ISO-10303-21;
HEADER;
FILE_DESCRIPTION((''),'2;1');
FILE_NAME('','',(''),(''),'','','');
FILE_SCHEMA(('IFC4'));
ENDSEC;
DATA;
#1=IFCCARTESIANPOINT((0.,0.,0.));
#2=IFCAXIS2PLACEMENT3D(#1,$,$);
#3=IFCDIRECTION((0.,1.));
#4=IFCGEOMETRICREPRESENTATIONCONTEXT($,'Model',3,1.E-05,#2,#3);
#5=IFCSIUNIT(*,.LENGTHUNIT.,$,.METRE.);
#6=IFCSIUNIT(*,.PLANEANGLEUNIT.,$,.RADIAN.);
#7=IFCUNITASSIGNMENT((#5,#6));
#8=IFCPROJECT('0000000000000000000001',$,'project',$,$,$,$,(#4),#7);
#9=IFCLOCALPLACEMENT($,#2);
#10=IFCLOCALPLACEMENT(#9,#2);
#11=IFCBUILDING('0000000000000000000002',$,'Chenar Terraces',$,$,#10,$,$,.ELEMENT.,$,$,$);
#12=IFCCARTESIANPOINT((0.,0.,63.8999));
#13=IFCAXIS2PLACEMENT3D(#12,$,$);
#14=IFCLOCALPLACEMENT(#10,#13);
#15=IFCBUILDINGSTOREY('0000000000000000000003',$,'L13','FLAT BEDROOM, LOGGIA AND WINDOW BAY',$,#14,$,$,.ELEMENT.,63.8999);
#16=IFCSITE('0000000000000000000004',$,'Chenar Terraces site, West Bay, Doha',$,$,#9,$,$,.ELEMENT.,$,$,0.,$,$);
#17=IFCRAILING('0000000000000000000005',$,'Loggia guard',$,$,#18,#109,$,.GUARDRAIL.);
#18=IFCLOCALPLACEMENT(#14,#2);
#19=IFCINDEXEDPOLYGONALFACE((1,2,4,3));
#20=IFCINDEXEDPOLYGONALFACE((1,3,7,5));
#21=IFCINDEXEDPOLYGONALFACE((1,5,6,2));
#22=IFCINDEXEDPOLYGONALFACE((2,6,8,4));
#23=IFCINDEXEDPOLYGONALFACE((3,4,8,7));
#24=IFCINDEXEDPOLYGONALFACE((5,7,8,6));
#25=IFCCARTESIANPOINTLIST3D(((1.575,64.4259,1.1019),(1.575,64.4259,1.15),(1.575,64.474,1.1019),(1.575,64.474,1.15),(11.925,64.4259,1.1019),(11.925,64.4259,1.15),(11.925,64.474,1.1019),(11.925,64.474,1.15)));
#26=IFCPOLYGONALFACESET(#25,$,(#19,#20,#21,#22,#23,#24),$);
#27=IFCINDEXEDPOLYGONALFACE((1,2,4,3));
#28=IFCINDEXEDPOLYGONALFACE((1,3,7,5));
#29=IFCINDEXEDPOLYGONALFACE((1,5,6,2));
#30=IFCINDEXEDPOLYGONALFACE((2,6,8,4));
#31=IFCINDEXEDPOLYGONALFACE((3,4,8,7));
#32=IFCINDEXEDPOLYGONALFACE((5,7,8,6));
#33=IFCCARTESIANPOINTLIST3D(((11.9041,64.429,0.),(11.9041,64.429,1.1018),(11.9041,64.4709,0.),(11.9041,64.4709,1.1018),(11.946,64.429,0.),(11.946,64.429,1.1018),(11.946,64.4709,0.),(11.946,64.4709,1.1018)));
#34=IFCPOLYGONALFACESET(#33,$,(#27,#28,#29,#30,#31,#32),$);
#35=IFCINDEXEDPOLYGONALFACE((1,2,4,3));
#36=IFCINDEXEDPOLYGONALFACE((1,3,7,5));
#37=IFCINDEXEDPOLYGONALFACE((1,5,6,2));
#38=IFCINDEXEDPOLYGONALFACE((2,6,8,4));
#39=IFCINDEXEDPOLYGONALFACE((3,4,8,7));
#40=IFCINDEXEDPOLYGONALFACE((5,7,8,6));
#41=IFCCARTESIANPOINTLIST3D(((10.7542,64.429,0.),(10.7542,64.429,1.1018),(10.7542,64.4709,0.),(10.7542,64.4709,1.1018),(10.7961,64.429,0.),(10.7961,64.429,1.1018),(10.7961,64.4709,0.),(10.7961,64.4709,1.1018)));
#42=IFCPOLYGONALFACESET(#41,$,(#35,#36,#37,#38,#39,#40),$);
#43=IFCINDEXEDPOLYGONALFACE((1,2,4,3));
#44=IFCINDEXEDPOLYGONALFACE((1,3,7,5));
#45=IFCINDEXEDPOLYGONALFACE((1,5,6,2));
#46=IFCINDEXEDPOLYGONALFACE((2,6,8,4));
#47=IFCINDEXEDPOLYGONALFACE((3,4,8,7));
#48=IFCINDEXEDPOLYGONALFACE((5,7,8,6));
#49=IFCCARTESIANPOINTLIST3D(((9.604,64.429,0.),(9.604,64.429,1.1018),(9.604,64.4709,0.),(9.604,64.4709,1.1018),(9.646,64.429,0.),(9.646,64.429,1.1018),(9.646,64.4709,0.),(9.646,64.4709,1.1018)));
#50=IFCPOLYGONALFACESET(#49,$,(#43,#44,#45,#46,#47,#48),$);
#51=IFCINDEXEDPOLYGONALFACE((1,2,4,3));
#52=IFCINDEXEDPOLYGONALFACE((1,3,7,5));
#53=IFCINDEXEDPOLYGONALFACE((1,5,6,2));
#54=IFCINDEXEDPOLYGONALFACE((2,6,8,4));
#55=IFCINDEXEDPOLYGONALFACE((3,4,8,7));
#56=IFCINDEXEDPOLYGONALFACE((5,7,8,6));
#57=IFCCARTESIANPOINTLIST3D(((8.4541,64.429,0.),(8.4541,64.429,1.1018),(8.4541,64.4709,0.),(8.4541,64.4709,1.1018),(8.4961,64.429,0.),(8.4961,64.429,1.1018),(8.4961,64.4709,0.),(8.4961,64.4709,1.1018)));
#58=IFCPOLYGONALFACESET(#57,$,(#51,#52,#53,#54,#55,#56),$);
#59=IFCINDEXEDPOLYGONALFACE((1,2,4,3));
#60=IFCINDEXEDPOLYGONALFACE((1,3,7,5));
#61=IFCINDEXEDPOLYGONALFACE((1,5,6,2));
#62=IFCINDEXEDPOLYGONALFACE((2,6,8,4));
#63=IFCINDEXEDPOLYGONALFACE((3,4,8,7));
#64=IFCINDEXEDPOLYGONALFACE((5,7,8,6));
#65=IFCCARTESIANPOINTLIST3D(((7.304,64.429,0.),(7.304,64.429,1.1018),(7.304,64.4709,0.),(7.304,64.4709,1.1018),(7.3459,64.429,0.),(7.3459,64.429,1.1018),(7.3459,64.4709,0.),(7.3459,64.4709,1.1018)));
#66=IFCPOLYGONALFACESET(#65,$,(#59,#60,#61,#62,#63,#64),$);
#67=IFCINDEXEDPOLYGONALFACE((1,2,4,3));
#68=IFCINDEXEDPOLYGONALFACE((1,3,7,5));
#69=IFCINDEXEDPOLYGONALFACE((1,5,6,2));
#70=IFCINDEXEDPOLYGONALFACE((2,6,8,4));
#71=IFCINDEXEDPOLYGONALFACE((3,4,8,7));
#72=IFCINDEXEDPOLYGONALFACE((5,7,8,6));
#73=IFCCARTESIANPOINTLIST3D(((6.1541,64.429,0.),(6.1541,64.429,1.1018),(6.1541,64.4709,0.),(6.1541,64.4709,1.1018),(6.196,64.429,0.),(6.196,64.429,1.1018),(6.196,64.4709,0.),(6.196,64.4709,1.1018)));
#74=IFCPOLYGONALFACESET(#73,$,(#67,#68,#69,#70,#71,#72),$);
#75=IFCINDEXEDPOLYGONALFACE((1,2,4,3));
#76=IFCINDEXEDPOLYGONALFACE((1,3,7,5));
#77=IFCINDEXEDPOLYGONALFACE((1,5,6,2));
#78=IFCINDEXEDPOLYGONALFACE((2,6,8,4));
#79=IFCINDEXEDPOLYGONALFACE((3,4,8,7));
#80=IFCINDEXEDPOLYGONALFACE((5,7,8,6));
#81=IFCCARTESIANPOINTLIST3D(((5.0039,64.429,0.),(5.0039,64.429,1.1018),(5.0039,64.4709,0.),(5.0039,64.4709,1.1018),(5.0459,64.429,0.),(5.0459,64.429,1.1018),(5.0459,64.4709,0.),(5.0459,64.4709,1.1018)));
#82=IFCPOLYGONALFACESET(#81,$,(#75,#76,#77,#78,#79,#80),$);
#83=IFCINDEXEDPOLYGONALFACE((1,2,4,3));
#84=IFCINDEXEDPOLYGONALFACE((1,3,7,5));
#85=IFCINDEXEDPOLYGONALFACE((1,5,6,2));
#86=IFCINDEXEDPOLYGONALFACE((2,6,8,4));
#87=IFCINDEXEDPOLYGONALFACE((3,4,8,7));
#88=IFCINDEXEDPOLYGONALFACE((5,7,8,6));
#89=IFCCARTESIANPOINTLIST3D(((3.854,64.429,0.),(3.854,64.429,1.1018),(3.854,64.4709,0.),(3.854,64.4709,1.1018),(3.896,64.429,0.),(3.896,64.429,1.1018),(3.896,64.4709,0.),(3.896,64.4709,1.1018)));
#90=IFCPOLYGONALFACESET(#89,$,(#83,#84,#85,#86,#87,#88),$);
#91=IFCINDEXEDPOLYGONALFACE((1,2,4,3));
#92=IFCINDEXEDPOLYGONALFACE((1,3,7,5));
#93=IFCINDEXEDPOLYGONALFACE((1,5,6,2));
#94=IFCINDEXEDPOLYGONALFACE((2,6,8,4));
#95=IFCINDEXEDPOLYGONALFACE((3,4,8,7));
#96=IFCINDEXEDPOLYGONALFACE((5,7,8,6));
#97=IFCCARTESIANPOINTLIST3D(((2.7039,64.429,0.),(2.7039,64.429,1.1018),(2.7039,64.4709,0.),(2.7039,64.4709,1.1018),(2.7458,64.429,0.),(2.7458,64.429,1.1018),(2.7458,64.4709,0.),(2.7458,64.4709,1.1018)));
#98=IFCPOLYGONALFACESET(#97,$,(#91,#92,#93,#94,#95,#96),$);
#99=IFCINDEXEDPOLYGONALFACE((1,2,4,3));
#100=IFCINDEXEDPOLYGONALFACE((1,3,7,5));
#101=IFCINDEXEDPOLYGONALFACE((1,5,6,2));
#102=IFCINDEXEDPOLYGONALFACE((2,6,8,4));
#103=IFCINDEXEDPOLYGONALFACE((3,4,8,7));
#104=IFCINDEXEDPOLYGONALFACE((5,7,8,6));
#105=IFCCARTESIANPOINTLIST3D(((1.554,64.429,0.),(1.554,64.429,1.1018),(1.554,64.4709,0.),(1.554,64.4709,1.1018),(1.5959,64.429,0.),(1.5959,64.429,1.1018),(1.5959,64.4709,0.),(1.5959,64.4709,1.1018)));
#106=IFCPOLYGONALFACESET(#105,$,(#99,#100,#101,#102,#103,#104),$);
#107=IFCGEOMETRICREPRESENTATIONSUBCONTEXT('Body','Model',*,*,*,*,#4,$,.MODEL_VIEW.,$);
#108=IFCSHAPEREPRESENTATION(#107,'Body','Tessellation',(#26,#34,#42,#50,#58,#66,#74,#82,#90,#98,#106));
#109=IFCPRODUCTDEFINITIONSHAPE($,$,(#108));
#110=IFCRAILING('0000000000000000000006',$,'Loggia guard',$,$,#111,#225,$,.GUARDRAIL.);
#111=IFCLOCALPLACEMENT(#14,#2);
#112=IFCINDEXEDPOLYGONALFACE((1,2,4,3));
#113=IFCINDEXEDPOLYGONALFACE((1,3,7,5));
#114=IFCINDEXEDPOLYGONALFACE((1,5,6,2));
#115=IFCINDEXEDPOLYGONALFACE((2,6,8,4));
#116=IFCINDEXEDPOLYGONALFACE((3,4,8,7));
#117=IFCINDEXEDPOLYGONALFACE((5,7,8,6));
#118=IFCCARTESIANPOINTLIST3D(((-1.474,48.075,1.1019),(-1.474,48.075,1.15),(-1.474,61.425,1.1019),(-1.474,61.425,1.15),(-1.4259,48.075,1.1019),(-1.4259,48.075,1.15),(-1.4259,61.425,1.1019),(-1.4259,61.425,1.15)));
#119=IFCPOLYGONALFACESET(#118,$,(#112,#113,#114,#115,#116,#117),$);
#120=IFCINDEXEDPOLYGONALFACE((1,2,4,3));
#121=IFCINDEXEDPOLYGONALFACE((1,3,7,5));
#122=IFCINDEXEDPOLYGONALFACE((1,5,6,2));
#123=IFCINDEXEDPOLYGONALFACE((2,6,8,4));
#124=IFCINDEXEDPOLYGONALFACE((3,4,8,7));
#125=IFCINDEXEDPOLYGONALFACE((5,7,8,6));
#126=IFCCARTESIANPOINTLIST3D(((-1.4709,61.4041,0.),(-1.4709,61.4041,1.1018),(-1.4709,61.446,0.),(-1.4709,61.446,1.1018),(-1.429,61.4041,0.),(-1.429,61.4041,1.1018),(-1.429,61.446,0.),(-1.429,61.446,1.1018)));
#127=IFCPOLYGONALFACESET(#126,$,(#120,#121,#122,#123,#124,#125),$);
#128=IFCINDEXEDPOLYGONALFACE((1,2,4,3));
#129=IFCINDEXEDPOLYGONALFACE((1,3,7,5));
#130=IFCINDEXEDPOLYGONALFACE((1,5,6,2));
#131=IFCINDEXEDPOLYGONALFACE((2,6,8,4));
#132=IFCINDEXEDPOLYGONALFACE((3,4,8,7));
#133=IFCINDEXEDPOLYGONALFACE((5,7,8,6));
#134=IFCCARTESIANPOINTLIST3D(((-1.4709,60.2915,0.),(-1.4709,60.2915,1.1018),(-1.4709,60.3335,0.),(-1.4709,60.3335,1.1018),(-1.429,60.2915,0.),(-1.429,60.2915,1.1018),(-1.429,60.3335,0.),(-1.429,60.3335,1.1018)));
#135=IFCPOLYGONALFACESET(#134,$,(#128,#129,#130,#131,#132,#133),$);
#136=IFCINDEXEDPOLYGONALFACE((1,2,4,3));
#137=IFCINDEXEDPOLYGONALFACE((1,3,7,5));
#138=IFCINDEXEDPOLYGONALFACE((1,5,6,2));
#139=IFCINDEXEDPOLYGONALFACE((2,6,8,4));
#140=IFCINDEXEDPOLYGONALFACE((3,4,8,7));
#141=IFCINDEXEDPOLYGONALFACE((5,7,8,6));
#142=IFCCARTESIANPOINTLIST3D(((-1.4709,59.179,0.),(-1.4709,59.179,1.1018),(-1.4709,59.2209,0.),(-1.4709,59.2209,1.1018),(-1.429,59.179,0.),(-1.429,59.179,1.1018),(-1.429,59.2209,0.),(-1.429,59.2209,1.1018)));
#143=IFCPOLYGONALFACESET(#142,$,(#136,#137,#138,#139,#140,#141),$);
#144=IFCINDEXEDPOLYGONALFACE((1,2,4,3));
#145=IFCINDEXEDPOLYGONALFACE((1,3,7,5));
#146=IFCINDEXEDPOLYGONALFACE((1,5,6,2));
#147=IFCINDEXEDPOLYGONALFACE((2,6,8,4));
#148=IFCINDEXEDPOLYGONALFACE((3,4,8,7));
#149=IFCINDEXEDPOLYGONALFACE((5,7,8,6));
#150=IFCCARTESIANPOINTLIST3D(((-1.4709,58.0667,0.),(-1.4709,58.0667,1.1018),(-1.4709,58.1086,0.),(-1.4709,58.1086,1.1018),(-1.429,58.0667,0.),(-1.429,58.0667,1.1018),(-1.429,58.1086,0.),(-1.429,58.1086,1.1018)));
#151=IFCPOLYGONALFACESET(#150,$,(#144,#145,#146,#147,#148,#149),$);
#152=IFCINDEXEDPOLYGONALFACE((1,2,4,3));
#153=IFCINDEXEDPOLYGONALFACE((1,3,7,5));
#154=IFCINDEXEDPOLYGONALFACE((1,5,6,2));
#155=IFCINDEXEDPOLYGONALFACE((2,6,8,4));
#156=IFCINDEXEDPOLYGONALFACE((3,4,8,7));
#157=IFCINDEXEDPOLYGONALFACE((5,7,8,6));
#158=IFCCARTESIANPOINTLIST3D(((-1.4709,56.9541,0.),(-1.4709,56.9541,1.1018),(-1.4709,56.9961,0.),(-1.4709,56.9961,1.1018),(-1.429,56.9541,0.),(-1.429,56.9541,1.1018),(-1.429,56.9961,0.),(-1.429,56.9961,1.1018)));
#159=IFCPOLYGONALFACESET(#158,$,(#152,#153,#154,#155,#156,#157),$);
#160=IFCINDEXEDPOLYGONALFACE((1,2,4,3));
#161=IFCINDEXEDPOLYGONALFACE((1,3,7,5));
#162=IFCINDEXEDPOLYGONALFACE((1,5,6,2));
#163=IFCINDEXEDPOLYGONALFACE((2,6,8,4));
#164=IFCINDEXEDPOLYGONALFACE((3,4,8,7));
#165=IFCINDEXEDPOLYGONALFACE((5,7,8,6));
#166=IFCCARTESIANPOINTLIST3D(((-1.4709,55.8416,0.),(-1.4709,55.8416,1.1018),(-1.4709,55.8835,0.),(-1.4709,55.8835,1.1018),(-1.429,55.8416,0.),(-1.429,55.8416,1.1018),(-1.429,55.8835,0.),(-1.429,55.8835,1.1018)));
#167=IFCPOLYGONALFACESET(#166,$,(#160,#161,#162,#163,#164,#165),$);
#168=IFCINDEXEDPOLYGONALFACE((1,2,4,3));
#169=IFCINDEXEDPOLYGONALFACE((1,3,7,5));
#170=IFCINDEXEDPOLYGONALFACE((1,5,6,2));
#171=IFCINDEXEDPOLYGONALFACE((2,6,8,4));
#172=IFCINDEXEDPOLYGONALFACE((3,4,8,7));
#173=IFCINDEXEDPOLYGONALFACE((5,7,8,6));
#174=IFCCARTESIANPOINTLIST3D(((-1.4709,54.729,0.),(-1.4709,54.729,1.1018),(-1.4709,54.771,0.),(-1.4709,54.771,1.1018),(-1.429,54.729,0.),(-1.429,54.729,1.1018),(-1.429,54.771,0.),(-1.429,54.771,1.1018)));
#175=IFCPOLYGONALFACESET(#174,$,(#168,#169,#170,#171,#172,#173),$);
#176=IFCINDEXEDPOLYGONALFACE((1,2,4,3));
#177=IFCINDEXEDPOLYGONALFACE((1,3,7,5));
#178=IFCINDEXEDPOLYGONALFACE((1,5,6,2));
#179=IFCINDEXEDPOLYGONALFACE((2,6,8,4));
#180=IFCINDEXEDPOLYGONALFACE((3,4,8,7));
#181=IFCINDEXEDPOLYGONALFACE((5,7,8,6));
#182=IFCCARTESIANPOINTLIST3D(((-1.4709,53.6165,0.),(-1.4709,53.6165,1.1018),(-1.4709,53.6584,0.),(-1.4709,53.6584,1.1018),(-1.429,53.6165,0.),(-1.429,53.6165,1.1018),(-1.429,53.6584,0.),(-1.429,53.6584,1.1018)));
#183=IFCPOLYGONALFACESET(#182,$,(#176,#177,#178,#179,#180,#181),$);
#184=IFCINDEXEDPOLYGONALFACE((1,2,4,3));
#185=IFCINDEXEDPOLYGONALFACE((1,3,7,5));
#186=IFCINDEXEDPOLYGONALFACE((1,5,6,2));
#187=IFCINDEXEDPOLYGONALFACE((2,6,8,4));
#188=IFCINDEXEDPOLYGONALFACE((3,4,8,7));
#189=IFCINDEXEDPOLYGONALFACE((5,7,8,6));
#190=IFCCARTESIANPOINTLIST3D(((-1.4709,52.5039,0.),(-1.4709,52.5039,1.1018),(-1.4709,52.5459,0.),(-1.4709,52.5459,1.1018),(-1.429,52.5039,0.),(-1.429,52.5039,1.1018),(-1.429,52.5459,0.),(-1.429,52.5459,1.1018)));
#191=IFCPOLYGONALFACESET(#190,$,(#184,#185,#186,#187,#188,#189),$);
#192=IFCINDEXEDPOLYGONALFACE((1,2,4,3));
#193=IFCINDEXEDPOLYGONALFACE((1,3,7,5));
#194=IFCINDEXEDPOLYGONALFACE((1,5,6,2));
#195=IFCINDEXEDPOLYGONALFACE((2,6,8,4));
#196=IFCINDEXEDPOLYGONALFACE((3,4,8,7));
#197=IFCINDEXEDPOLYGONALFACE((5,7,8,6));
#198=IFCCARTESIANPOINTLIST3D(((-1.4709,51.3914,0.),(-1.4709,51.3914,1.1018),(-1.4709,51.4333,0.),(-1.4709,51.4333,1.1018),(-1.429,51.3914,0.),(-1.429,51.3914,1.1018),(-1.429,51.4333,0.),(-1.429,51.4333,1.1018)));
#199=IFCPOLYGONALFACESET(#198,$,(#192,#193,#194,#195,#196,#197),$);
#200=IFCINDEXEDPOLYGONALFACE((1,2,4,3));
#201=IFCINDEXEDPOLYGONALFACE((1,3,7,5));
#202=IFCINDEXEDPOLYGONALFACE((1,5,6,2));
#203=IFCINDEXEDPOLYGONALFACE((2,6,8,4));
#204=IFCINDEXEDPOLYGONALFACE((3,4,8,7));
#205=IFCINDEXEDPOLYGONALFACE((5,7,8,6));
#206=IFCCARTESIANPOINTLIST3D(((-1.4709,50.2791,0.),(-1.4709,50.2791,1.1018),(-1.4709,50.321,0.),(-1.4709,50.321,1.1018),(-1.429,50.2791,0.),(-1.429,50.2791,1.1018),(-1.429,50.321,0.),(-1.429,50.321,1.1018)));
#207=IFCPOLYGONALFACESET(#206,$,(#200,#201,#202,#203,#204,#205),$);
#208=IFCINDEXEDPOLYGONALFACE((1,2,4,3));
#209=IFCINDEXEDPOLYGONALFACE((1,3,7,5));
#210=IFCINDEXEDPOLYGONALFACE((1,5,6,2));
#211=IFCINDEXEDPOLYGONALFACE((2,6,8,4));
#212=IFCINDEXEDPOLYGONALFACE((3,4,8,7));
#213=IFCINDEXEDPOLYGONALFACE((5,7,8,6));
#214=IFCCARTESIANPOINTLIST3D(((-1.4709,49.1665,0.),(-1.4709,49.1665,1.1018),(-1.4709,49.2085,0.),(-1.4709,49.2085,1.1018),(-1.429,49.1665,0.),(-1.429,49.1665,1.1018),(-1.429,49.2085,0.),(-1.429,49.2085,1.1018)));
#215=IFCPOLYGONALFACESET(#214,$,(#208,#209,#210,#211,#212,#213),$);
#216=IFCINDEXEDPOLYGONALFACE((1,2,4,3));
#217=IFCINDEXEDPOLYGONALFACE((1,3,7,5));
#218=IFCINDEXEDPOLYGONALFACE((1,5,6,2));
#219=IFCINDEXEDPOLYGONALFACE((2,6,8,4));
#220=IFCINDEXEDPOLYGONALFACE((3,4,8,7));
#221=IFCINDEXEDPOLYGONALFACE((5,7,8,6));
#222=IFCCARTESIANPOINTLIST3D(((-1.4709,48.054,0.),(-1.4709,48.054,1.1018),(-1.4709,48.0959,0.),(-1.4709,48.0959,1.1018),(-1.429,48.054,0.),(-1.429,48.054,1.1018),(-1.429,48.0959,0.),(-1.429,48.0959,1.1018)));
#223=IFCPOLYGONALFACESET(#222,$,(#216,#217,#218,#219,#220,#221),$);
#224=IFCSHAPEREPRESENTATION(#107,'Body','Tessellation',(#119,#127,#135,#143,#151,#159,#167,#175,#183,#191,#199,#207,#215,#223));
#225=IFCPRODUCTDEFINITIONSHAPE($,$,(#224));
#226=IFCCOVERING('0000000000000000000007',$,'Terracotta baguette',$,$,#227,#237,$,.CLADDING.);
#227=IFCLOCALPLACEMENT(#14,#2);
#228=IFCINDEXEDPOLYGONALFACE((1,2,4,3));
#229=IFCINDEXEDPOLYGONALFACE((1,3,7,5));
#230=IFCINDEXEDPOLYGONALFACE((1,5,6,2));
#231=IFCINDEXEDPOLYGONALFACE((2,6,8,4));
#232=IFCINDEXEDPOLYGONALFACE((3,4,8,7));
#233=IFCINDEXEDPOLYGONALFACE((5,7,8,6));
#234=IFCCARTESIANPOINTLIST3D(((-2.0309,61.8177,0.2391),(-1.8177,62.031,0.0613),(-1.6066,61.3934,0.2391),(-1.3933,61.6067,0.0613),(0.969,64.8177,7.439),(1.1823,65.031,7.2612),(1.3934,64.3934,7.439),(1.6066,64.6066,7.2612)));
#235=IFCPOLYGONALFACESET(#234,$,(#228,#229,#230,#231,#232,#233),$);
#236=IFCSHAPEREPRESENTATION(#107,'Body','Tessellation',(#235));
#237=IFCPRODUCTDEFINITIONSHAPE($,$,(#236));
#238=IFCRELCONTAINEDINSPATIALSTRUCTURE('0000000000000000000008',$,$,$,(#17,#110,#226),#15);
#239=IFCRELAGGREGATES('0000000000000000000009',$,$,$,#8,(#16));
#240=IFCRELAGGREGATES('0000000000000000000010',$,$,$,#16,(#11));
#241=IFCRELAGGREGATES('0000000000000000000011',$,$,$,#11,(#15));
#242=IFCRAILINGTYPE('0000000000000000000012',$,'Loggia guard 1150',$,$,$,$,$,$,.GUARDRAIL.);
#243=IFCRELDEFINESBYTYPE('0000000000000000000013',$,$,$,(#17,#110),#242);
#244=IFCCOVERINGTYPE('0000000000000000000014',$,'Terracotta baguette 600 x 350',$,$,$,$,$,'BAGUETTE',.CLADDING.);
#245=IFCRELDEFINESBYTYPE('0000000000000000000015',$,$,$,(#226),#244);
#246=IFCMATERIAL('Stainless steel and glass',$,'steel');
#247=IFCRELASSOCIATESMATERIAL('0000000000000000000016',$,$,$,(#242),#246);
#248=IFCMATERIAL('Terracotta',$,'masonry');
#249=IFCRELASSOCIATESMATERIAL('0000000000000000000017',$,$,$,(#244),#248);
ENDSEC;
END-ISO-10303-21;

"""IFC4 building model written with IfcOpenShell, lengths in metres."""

from ifc_helpers import new_model, si_unit, direction, frame, origin, origin_2d, place, context, subcontext, project, spatial, rectangle, extrude, material, material_profile, profile_set, type_object, element, save


model = new_model("IFC4")

# Units and contexts
model_context = context("Model", 3, precision=1e-05, world=origin(), true_north=direction((0.0, 1.0)))
body_context = subcontext(model_context, "Body", "Model", "MODEL_VIEW")
ifc_project = project(units=[si_unit("LENGTHUNIT", "METRE"), si_unit("PLANEANGLEUNIT", "RADIAN")], contexts=[model_context])

# Site, building, storey
site_placement = place(None, origin())
site = spatial("IfcSite", under=ifc_project, at=site_placement, Name="Chenar Terraces site, West Bay, Doha", CompositionType="ELEMENT", RefElevation=0.0)
building_placement = place(site_placement, origin())
building = spatial("IfcBuilding", under=site, at=building_placement, Name="Chenar Terraces", CompositionType="ELEMENT")
storey_placement = place(building_placement, frame((0.0, 0.0, 63.8999)))
storey = spatial("IfcBuildingStorey", under=building, at=storey_placement, Name="L13", Description="FLAT BEDROOM, LOGGIA AND WINDOW BAY", CompositionType="ELEMENT", Elevation=63.8999)

# Railings
ifc_material_1 = material(Name="Stainless steel and glass", Category="steel")
railing_type = type_object("IfcRailingType", Name="Loggia guard 1150", PredefinedType="GUARDRAIL", material=ifc_material_1)
railing_1_placement = place(storey_placement, frame((11.925, 64.45, 0.0)))
element("IfcRailing", 1, at=railing_1_placement, inside=storey, type_object=railing_type, Name="Loggia guard", PredefinedType="GUARDRAIL", context=body_context, shape_type="SweptSolid", body=[
    extrude(rectangle(XDim=0.0481, YDim=0.0481, at=origin_2d()), frame((0.0, 0.0, 1.126), z_axis=(-1.0, 0.0, 0.0), x_axis=(0.0, -1.0, 0.0)), (0.0, 0.0, 1.0), 10.3501),
    extrude(rectangle(XDim=0.042, YDim=0.042, at=origin_2d()), origin(), (0.0, 0.0, 1.0), 1.1018),
    extrude(rectangle(XDim=0.042, YDim=0.042, at=origin_2d()), frame((-1.1499, 0.0, 0.0)), (0.0, 0.0, 1.0), 1.1018),
    extrude(rectangle(XDim=0.042, YDim=0.042, at=origin_2d()), frame((-2.3, 0.0, 0.0)), (0.0, 0.0, 1.0), 1.1018),
    extrude(rectangle(XDim=0.042, YDim=0.042, at=origin_2d()), frame((-3.45, 0.0, 0.0)), (0.0, 0.0, 1.0), 1.1018),
    extrude(rectangle(XDim=0.042, YDim=0.042, at=origin_2d()), frame((-4.6001, 0.0, 0.0)), (0.0, 0.0, 1.0), 1.1018),
    extrude(rectangle(XDim=0.042, YDim=0.042, at=origin_2d()), frame((-5.75, 0.0, 0.0)), (0.0, 0.0, 1.0), 1.1018),
    extrude(rectangle(XDim=0.042, YDim=0.042, at=origin_2d()), frame((-6.9001, 0.0, 0.0)), (0.0, 0.0, 1.0), 1.1018),
    extrude(rectangle(XDim=0.042, YDim=0.042, at=origin_2d()), frame((-8.05, 0.0, 0.0)), (0.0, 0.0, 1.0), 1.1018),
    extrude(rectangle(XDim=0.042, YDim=0.042, at=origin_2d()), frame((-9.2002, 0.0, 0.0)), (0.0, 0.0, 1.0), 1.1018),
    extrude(rectangle(XDim=0.042, YDim=0.042, at=origin_2d()), frame((-10.3501, 0.0, 0.0)), (0.0, 0.0, 1.0), 1.1018),
])
railing_2_placement = place(storey_placement, frame((-1.45, 61.425, 0.0)))
element("IfcRailing", 2, at=railing_2_placement, inside=storey, type_object=railing_type, Name="Loggia guard", PredefinedType="GUARDRAIL", context=body_context, shape_type="SweptSolid", body=[
    extrude(rectangle(XDim=0.0481, YDim=0.0481, at=origin_2d()), frame((0.0, 0.0, 1.126), z_axis=(0.0, -1.0, 0.0), x_axis=(1.0, 0.0, 0.0)), (0.0, 0.0, 1.0), 13.3501),
    extrude(rectangle(XDim=0.042, YDim=0.042, at=origin_2d()), origin(), (0.0, 0.0, 1.0), 1.1018),
    extrude(rectangle(XDim=0.042, YDim=0.042, at=origin_2d()), frame((0.0, -1.1125, 0.0)), (0.0, 0.0, 1.0), 1.1018),
    extrude(rectangle(XDim=0.042, YDim=0.042, at=origin_2d()), frame((0.0, -2.2251, 0.0)), (0.0, 0.0, 1.0), 1.1018),
    extrude(rectangle(XDim=0.042, YDim=0.042, at=origin_2d()), frame((0.0, -3.3374, 0.0)), (0.0, 0.0, 1.0), 1.1018),
    extrude(rectangle(XDim=0.042, YDim=0.042, at=origin_2d()), frame((0.0, -4.45, 0.0)), (0.0, 0.0, 1.0), 1.1018),
    extrude(rectangle(XDim=0.042, YDim=0.042, at=origin_2d()), frame((0.0, -5.5625, 0.0)), (0.0, 0.0, 1.0), 1.1018),
    extrude(rectangle(XDim=0.042, YDim=0.042, at=origin_2d()), frame((0.0, -6.675, 0.0)), (0.0, 0.0, 1.0), 1.1018),
    extrude(rectangle(XDim=0.042, YDim=0.042, at=origin_2d()), frame((0.0, -7.7876, 0.0)), (0.0, 0.0, 1.0), 1.1018),
    extrude(rectangle(XDim=0.042, YDim=0.042, at=origin_2d()), frame((0.0, -8.9001, 0.0)), (0.0, 0.0, 1.0), 1.1018),
    extrude(rectangle(XDim=0.042, YDim=0.042, at=origin_2d()), frame((0.0, -10.0127, 0.0)), (0.0, 0.0, 1.0), 1.1018),
    extrude(rectangle(XDim=0.042, YDim=0.042, at=origin_2d()), frame((0.0, -11.125, 0.0)), (0.0, 0.0, 1.0), 1.1018),
    extrude(rectangle(XDim=0.042, YDim=0.042, at=origin_2d()), frame((0.0, -12.2375, 0.0)), (0.0, 0.0, 1.0), 1.1018),
    extrude(rectangle(XDim=0.042, YDim=0.042, at=origin_2d()), frame((0.0, -13.3501, 0.0)), (0.0, 0.0, 1.0), 1.1018),
])

# Covering
ifc_material_2 = material(Name="Terracotta", Category="masonry")
ifc_material_profile_1 = material_profile(ifc_material_2, rectangle(XDim=0.6001, YDim=0.3501, at=origin_2d()), Name="Terracotta baguette 600 x 350")
ifc_profile_set_1 = profile_set([ifc_material_profile_1], Name="Terracotta")
covering_type = type_object("IfcCoveringType", Name="Terracotta baguette 600 x 350", ElementType="BAGUETTE", PredefinedType="CLADDING", material=ifc_profile_set_1)
covering_placement = place(storey_placement, frame((1.2878, 64.7122, 7.3501), z_axis=(-0.358981, -0.358981, -0.861548), x_axis=(0.707107, -0.707107, 0.0)))
element("IfcCovering", 3, at=covering_placement, inside=storey, type_object=covering_type, Name="Terracotta baguette", PredefinedType="CLADDING", context=body_context, shape_type="SweptSolid", body=[
    extrude(rectangle(XDim=0.6001, YDim=0.3501, at=origin_2d()), origin(), (0.0, 0.0, 1.0), 8.3569),
])

save(model, "model.ifc")
